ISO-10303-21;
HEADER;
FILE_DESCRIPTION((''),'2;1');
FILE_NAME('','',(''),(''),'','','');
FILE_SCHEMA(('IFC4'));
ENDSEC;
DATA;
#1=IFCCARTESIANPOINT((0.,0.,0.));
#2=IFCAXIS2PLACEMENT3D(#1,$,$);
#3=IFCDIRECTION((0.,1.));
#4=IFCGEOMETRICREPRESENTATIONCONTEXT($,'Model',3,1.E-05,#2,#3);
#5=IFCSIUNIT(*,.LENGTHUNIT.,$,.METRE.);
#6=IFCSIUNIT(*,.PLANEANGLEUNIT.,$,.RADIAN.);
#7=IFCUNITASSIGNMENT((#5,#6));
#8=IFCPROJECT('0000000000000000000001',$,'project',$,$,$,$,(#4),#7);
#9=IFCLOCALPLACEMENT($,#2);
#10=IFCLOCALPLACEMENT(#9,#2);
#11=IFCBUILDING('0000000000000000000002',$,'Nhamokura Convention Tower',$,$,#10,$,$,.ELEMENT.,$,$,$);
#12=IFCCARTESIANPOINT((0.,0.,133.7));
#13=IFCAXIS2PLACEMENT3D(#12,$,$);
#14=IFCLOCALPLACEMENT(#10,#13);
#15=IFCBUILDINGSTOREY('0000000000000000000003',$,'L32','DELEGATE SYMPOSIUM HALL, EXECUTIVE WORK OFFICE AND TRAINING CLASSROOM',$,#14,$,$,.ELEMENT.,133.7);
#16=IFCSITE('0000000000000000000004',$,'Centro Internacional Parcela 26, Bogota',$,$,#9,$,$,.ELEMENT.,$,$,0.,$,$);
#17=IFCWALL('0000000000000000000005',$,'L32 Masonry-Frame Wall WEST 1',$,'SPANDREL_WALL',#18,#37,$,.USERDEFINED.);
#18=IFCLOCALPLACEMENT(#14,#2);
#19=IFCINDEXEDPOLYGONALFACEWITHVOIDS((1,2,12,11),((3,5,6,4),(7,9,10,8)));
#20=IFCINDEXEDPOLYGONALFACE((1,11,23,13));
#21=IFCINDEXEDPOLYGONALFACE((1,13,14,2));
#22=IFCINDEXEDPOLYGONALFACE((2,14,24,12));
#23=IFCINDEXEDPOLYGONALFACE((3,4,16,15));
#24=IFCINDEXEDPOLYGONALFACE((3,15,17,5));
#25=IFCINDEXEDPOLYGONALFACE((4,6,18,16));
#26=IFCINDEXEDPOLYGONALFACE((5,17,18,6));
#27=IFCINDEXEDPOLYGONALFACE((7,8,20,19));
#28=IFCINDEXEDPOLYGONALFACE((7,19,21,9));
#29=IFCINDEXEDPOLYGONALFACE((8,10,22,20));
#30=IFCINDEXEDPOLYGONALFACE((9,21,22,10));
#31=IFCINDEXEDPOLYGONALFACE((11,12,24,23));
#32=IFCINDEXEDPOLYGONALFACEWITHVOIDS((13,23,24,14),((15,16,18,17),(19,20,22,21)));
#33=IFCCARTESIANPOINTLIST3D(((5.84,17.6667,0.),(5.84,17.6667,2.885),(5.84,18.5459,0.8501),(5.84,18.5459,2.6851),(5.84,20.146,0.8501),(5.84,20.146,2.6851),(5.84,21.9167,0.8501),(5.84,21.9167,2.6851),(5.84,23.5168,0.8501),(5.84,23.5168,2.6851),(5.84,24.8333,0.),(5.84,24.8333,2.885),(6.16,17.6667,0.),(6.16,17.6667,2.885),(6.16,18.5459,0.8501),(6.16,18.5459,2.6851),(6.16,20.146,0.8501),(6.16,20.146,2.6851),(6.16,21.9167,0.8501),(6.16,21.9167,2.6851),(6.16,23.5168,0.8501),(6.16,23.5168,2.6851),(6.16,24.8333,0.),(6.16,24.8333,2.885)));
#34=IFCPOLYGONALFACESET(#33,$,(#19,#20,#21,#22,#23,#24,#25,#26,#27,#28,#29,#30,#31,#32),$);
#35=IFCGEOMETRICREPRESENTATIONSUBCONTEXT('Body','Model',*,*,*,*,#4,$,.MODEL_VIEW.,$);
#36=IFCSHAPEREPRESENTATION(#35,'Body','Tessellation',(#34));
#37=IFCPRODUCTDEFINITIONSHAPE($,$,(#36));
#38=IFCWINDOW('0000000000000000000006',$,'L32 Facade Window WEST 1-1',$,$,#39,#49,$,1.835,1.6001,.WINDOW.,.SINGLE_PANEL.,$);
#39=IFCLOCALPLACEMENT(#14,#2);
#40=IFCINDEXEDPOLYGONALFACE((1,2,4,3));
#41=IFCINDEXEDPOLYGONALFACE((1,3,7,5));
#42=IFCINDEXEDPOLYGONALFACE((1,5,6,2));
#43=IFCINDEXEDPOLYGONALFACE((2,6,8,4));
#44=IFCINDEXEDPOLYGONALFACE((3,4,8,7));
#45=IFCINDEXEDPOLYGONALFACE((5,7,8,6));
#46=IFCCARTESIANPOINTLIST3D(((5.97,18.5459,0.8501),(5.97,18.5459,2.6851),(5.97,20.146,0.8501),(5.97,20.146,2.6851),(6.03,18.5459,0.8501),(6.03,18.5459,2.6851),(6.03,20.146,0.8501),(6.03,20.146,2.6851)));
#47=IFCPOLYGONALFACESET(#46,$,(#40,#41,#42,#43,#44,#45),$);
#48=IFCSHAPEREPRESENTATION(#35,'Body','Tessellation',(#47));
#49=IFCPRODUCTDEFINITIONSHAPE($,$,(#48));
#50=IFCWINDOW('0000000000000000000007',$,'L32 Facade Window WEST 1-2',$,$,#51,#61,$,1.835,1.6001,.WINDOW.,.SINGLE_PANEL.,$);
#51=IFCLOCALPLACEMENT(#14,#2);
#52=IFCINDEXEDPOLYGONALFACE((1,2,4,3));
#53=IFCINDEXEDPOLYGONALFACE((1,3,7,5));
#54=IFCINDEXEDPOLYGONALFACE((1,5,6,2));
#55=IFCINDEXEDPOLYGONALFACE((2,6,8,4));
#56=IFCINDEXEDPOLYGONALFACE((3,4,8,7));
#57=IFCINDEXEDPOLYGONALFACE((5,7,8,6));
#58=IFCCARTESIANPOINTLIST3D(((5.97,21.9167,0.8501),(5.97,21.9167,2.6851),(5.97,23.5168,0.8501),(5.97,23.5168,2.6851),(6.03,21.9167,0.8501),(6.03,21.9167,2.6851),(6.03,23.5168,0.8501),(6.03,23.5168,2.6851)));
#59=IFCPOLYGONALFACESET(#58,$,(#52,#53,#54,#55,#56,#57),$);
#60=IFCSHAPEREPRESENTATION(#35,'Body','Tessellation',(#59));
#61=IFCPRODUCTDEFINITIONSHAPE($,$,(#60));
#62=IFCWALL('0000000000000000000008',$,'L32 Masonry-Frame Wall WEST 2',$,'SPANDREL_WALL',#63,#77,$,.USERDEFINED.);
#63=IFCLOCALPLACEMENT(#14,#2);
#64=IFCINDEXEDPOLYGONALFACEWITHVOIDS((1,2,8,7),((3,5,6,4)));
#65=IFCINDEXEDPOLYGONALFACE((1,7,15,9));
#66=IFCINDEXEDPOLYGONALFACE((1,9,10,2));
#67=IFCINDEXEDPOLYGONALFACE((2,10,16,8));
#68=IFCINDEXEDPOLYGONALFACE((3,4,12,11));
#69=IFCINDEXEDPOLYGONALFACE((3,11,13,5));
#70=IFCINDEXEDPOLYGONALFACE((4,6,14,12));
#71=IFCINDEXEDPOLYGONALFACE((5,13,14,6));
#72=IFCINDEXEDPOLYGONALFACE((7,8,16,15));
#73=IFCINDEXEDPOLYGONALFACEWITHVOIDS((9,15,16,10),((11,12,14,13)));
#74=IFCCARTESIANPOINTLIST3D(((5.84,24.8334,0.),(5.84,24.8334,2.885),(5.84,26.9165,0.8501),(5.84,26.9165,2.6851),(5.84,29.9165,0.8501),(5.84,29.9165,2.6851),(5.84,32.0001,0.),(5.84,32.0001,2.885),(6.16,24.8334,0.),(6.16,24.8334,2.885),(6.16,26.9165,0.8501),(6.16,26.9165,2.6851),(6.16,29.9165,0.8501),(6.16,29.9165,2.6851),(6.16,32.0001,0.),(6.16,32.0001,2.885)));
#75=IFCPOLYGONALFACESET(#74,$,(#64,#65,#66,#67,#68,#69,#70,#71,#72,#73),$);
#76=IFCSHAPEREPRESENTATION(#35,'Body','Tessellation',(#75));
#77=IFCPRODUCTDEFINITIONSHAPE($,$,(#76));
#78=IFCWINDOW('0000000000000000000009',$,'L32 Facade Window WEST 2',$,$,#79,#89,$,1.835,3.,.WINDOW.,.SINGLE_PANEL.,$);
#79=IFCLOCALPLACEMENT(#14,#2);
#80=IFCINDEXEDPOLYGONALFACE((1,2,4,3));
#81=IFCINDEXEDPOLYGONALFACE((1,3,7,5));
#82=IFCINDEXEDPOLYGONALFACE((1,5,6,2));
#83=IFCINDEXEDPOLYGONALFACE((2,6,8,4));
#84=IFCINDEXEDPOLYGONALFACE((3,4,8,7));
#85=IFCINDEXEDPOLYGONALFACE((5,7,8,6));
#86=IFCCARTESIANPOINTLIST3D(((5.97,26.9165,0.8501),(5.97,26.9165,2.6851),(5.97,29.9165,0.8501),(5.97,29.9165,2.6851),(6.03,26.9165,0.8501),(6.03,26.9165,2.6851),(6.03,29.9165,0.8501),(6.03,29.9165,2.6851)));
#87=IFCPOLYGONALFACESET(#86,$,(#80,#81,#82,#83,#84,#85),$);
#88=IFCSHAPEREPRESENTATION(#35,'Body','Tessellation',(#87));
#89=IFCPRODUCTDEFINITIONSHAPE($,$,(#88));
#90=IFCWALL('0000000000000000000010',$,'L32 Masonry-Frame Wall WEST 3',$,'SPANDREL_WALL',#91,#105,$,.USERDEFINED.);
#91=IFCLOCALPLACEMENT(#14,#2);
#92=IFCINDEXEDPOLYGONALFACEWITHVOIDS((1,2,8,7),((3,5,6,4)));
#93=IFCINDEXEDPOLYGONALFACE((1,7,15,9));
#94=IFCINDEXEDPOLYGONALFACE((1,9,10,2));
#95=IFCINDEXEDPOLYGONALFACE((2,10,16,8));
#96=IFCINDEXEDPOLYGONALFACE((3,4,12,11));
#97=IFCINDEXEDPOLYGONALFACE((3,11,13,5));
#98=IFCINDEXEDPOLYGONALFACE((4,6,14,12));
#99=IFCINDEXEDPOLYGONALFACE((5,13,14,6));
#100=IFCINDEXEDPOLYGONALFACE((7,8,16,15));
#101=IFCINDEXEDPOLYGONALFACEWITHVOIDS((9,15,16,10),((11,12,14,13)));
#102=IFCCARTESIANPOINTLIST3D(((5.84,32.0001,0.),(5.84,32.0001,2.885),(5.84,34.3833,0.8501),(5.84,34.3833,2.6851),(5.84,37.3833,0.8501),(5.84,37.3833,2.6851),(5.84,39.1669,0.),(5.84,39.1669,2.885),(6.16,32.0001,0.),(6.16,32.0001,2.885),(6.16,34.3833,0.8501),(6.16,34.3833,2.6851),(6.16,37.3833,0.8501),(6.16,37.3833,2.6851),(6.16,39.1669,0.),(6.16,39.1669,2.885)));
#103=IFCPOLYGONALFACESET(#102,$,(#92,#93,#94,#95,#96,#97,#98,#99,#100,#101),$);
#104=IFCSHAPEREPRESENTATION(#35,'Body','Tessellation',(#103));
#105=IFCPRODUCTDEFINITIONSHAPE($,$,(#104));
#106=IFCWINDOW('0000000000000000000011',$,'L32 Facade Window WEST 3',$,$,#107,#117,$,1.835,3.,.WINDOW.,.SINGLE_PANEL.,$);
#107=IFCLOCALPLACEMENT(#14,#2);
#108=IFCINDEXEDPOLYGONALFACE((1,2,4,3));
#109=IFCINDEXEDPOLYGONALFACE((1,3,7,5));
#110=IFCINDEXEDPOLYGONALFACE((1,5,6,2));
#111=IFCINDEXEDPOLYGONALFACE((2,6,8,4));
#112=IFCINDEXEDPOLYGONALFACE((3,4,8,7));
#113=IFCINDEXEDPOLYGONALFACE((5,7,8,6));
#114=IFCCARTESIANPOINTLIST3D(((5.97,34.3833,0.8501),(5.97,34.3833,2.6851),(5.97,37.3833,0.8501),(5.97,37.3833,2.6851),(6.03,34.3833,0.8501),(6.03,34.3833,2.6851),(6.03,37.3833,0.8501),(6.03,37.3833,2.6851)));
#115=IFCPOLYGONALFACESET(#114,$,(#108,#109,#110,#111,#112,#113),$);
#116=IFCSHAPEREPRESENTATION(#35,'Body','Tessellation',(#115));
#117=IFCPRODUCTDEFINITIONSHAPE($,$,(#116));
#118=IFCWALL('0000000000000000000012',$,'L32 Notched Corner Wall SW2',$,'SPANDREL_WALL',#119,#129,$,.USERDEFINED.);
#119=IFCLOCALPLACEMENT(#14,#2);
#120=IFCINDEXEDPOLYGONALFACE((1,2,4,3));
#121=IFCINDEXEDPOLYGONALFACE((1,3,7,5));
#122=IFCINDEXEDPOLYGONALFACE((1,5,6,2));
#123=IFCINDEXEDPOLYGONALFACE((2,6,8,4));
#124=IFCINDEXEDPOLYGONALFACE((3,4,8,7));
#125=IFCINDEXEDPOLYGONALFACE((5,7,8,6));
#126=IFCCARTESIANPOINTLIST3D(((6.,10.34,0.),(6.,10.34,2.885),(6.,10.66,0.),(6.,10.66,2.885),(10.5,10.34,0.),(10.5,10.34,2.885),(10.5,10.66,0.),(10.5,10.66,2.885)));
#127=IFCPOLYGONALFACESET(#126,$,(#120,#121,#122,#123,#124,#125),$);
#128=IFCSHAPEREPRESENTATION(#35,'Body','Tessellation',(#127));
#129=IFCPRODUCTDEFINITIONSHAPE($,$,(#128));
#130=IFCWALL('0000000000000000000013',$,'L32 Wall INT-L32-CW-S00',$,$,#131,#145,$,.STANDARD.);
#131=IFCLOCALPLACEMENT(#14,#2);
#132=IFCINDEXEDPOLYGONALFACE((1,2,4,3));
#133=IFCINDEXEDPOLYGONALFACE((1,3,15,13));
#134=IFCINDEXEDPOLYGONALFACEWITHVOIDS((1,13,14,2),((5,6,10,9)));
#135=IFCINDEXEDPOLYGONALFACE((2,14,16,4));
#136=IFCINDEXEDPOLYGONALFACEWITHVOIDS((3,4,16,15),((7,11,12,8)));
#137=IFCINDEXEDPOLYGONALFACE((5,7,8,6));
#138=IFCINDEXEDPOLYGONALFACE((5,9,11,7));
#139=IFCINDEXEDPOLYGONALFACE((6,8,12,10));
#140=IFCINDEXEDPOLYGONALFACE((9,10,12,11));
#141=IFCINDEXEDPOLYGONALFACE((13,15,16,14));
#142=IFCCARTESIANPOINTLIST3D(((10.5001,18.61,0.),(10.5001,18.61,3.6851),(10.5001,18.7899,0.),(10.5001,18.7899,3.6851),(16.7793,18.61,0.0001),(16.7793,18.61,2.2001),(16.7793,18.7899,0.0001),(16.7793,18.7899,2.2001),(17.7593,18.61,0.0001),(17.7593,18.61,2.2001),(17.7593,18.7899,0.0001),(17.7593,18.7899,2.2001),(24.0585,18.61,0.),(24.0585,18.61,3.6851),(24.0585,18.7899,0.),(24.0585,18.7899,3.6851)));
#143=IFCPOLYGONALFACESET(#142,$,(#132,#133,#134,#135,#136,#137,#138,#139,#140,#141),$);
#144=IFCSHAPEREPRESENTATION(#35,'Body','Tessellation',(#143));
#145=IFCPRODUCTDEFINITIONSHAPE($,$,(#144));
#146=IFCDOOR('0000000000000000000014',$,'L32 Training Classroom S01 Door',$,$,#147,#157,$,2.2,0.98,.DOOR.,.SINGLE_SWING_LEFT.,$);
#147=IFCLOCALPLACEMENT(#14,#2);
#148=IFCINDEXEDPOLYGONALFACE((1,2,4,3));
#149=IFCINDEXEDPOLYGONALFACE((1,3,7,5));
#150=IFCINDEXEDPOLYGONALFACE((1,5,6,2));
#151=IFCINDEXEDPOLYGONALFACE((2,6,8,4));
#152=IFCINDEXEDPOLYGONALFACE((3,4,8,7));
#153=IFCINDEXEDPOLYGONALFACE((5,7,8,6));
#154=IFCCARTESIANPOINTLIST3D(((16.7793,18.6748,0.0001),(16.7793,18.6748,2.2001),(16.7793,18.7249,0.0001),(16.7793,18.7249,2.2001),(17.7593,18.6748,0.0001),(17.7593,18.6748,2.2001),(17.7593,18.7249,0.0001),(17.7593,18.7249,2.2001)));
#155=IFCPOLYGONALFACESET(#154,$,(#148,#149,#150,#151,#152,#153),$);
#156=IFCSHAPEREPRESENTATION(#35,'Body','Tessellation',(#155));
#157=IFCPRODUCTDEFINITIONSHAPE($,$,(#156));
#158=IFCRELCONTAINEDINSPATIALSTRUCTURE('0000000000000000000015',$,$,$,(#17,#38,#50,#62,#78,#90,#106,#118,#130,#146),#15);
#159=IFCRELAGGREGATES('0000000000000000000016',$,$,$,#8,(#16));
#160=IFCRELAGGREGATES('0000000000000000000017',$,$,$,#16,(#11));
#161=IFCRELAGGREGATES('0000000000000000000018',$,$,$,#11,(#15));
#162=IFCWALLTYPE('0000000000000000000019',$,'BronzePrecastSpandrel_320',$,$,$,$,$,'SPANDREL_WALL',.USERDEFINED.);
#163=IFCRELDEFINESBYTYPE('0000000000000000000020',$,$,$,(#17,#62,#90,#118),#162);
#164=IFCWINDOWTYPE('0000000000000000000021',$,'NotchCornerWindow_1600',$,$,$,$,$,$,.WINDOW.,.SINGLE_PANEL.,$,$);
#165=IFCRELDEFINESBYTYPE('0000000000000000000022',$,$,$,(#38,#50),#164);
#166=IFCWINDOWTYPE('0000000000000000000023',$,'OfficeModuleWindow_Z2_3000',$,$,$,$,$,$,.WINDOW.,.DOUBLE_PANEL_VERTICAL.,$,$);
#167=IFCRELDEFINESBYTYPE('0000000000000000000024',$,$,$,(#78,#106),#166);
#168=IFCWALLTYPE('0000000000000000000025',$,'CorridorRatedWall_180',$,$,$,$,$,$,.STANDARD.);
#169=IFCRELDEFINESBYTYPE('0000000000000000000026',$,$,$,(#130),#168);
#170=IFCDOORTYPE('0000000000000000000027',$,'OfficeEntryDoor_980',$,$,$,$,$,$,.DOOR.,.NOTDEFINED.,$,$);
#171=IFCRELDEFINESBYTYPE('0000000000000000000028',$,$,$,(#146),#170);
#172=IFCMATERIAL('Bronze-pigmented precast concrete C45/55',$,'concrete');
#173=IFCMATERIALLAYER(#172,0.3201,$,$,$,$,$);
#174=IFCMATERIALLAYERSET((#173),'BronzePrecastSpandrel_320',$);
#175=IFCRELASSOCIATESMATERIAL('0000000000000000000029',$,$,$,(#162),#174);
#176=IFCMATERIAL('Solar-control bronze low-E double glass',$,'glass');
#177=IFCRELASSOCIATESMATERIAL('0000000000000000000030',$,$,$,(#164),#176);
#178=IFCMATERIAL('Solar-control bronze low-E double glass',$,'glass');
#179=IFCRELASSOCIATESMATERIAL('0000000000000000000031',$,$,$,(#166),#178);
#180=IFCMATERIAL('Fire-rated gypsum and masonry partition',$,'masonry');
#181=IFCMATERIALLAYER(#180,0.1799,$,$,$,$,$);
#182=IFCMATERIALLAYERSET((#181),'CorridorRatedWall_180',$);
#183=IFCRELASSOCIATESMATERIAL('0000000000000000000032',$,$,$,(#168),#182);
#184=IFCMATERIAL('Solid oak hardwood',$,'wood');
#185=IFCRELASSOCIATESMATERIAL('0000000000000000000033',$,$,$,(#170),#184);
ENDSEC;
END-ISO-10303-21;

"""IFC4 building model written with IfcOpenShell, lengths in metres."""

from ifc_helpers import new_model, si_unit, direction, frame, frame_2d, origin, place, context, subcontext, project, spatial, rectangle, extrude, material, layer, layer_set, type_object, element, fill, save


model = new_model("IFC4")

# Units and contexts
model_context = context("Model", 3, precision=1e-05, world=origin(), true_north=direction((0.0, 1.0)))
body_context = subcontext(model_context, "Body", "Model", "MODEL_VIEW")
ifc_project = project(units=[si_unit("LENGTHUNIT", "METRE"), si_unit("PLANEANGLEUNIT", "RADIAN")], contexts=[model_context])

# Site, building, storey
site_placement = place(None, origin())
site = spatial("IfcSite", under=ifc_project, at=site_placement, Name="Centro Internacional Parcela 26, Bogota", CompositionType="ELEMENT", RefElevation=0.0)
building_placement = place(site_placement, origin())
building = spatial("IfcBuilding", under=site, at=building_placement, Name="Nhamokura Convention Tower", CompositionType="ELEMENT")
storey_placement = place(building_placement, frame((0.0, 0.0, 133.7)))
storey = spatial("IfcBuildingStorey", under=building, at=storey_placement, Name="L32", Description="DELEGATE SYMPOSIUM HALL, EXECUTIVE WORK OFFICE AND TRAINING CLASSROOM", CompositionType="ELEMENT", Elevation=133.7)

# Wall, openings, windows
ifc_material_1 = material(Name="Bronze-pigmented precast concrete C45/55", Category="concrete")
ifc_layer_1 = layer(ifc_material_1, 0.3201)
ifc_layer_set_1 = layer_set([ifc_layer_1], Name="BronzePrecastSpandrel_320")
wall_type_1 = type_object("IfcWallType", Name="BronzePrecastSpandrel_320", ElementType="SPANDREL_WALL", PredefinedType="USERDEFINED", material=ifc_layer_set_1)
wall_1_placement = place(storey_placement, frame((6.0, 17.6667, 0.0), z_axis=(0.0, 0.0, 1.0), x_axis=(0.0, 1.0, 0.0)))
wall_1 = element("IfcWall", 1, at=wall_1_placement, inside=storey, type_object=wall_type_1, Name="L32 Masonry-Frame Wall WEST 1", ObjectType="SPANDREL_WALL", PredefinedType="USERDEFINED", context=body_context, shape_type="SweptSolid", body=[
    extrude(rectangle(XDim=7.1665, YDim=0.3201, at=frame_2d((3.5833, 0.0))), origin(), (0.0, 0.0, 1.0), 2.885),
])
opening_1_placement = place(wall_1_placement, frame((0.8792, 0.0, 0.8501)))
opening_1 = element("IfcOpeningElement", 2, at=opening_1_placement, cuts=wall_1, PredefinedType="OPENING", context=body_context, shape_type="SweptSolid", body=[
    extrude(rectangle(XDim=1.6001, YDim=1.835, at=frame_2d((0.8, 0.9175))), frame((0.0, 0.1699, 0.0), z_axis=(0.0, -1.0, 0.0), x_axis=(1.0, 0.0, 0.0)), (0.0, 0.0, 1.0), 0.3401),
])
opening_2_placement = place(wall_1_placement, frame((4.25, 0.0, 0.8501)))
opening_2 = element("IfcOpeningElement", 3, at=opening_2_placement, cuts=wall_1, PredefinedType="OPENING", context=body_context, shape_type="SweptSolid", body=[
    extrude(rectangle(XDim=1.6001, YDim=1.835, at=frame_2d((0.8, 0.9175))), frame((0.0, 0.1699, 0.0), z_axis=(0.0, -1.0, 0.0), x_axis=(1.0, 0.0, 0.0)), (0.0, 0.0, 1.0), 0.3401),
])
ifc_material_2 = material(Name="Solar-control bronze low-E double glass", Category="glass")
window_type_1 = type_object("IfcWindowType", Name="NotchCornerWindow_1600", PartitioningType="SINGLE_PANEL", PredefinedType="WINDOW", material=ifc_material_2)
window_1_placement = place(opening_1_placement, origin())
window_1 = element("IfcWindow", 4, at=window_1_placement, inside=storey, type_object=window_type_1, Name="L32 Facade Window WEST 1-1", OverallHeight=1.835, OverallWidth=1.6001, PartitioningType="SINGLE_PANEL", PredefinedType="WINDOW", context=body_context, shape_type="SweptSolid", body=[
    extrude(rectangle(XDim=1.6001, YDim=1.835, at=frame_2d((0.8, 0.9175))), frame((0.0, 0.03, 0.0), z_axis=(0.0, -1.0, 0.0), x_axis=(1.0, 0.0, 0.0)), (0.0, 0.0, 1.0), 0.0601),
])
fill(opening_1, window_1)
window_2_placement = place(opening_2_placement, origin())
window_2 = element("IfcWindow", 5, at=window_2_placement, inside=storey, type_object=window_type_1, Name="L32 Facade Window WEST 1-2", OverallHeight=1.835, OverallWidth=1.6001, PartitioningType="SINGLE_PANEL", PredefinedType="WINDOW", context=body_context, shape_type="SweptSolid", body=[
    extrude(rectangle(XDim=1.6001, YDim=1.835, at=frame_2d((0.8, 0.9175))), frame((0.0, 0.03, 0.0), z_axis=(0.0, -1.0, 0.0), x_axis=(1.0, 0.0, 0.0)), (0.0, 0.0, 1.0), 0.0601),
])
fill(opening_2, window_2)

# Walls, openings, windows
wall_2_placement = place(storey_placement, frame((6.0, 24.8333, 0.0), z_axis=(0.0, 0.0, 1.0), x_axis=(0.0, 1.0, 0.0)))
wall_2 = element("IfcWall", 6, at=wall_2_placement, inside=storey, type_object=wall_type_1, Name="L32 Masonry-Frame Wall WEST 2", ObjectType="SPANDREL_WALL", PredefinedType="USERDEFINED", context=body_context, shape_type="SweptSolid", body=[
    extrude(rectangle(XDim=7.1667, YDim=0.3201, at=frame_2d((3.5835, 0.0))), origin(), (0.0, 0.0, 1.0), 2.885),
])
opening_3_placement = place(wall_2_placement, frame((2.0833, 0.0, 0.8501)))
opening_3 = element("IfcOpeningElement", 7, at=opening_3_placement, cuts=wall_2, PredefinedType="OPENING", context=body_context, shape_type="SweptSolid", body=[
    extrude(rectangle(XDim=3.0, YDim=1.835, at=frame_2d((1.5, 0.9175))), frame((0.0, 0.1699, 0.0), z_axis=(0.0, -1.0, 0.0), x_axis=(1.0, 0.0, 0.0)), (0.0, 0.0, 1.0), 0.3401),
])
ifc_material_3 = material(Name="Solar-control bronze low-E double glass", Category="glass")
window_type_2 = type_object("IfcWindowType", Name="OfficeModuleWindow_Z2_3000", PartitioningType="DOUBLE_PANEL_VERTICAL", PredefinedType="WINDOW", material=ifc_material_3)
window_3_placement = place(opening_3_placement, origin())
window_3 = element("IfcWindow", 8, at=window_3_placement, inside=storey, type_object=window_type_2, Name="L32 Facade Window WEST 2", OverallHeight=1.835, OverallWidth=3.0, PartitioningType="SINGLE_PANEL", PredefinedType="WINDOW", context=body_context, shape_type="SweptSolid", body=[
    extrude(rectangle(XDim=3.0, YDim=1.835, at=frame_2d((1.5, 0.9175))), frame((0.0, 0.03, 0.0), z_axis=(0.0, -1.0, 0.0), x_axis=(1.0, 0.0, 0.0)), (0.0, 0.0, 1.0), 0.0601),
])
fill(opening_3, window_3)
wall_3_placement = place(storey_placement, frame((6.0, 32.0, 0.0), z_axis=(0.0, 0.0, 1.0), x_axis=(0.0, 1.0, 0.0)))
wall_3 = element("IfcWall", 9, at=wall_3_placement, inside=storey, type_object=wall_type_1, Name="L32 Masonry-Frame Wall WEST 3", ObjectType="SPANDREL_WALL", PredefinedType="USERDEFINED", context=body_context, shape_type="SweptSolid", body=[
    extrude(rectangle(XDim=7.1667, YDim=0.3201, at=frame_2d((3.5835, 0.0))), origin(), (0.0, 0.0, 1.0), 2.885),
])
opening_4_placement = place(wall_3_placement, frame((2.3833, 0.0, 0.8501)))
opening_4 = element("IfcOpeningElement", 10, at=opening_4_placement, cuts=wall_3, PredefinedType="OPENING", context=body_context, shape_type="SweptSolid", body=[
    extrude(rectangle(XDim=3.0, YDim=1.835, at=frame_2d((1.5, 0.9175))), frame((0.0, 0.1699, 0.0), z_axis=(0.0, -1.0, 0.0), x_axis=(1.0, 0.0, 0.0)), (0.0, 0.0, 1.0), 0.3401),
])
window_4_placement = place(opening_4_placement, origin())
window_4 = element("IfcWindow", 11, at=window_4_placement, inside=storey, type_object=window_type_2, Name="L32 Facade Window WEST 3", OverallHeight=1.835, OverallWidth=3.0, PartitioningType="SINGLE_PANEL", PredefinedType="WINDOW", context=body_context, shape_type="SweptSolid", body=[
    extrude(rectangle(XDim=3.0, YDim=1.835, at=frame_2d((1.5, 0.9175))), frame((0.0, 0.03, 0.0), z_axis=(0.0, -1.0, 0.0), x_axis=(1.0, 0.0, 0.0)), (0.0, 0.0, 1.0), 0.0601),
])
fill(opening_4, window_4)

# Wall
wall_4_placement = place(storey_placement, frame((10.5, 10.5, 0.0), z_axis=(0.0, 0.0, 1.0), x_axis=(-1.0, 0.0, 0.0)))
element("IfcWall", 12, at=wall_4_placement, inside=storey, type_object=wall_type_1, Name="L32 Notched Corner Wall SW2", ObjectType="SPANDREL_WALL", PredefinedType="USERDEFINED", context=body_context, shape_type="SweptSolid", body=[
    extrude(rectangle(XDim=4.5, YDim=0.3201, at=frame_2d((2.25, 0.0))), origin(), (0.0, 0.0, 1.0), 2.885),
])

# Wall, opening, door
ifc_material_4 = material(Name="Fire-rated gypsum and masonry partition", Category="masonry")
ifc_layer_2 = layer(ifc_material_4, 0.1799)
ifc_layer_set_2 = layer_set([ifc_layer_2], Name="CorridorRatedWall_180")
wall_type_2 = type_object("IfcWallType", Name="CorridorRatedWall_180", PredefinedType="STANDARD", material=ifc_layer_set_2)
wall_5_placement = place(storey_placement, frame((10.5, 18.7, 0.0), z_axis=(0.0, 0.0, 1.0), x_axis=(1.0, 0.0, 0.0)))
wall_5 = element("IfcWall", 13, at=wall_5_placement, inside=storey, type_object=wall_type_2, Name="L32 Wall INT-L32-CW-S00", PredefinedType="STANDARD", context=body_context, shape_type="SweptSolid", body=[
    extrude(rectangle(XDim=13.5583, YDim=0.1799, at=frame_2d((6.7793, 0.0))), origin(), (0.0, 0.0, 1.0), 3.6851),
])
opening_5_placement = place(wall_5_placement, frame((6.2793, 0.0, 0.0)))
opening_5 = element("IfcOpeningElement", 14, at=opening_5_placement, cuts=wall_5, PredefinedType="OPENING", context=body_context, shape_type="SweptSolid", body=[
    extrude(rectangle(XDim=0.98, YDim=2.2, at=frame_2d((0.49, 1.1001))), frame((0.0, 0.0999, 0.0), z_axis=(0.0, -1.0, 0.0), x_axis=(1.0, 0.0, 0.0)), (0.0, 0.0, 1.0), 0.2),
])
ifc_material_5 = material(Name="Solid oak hardwood", Category="wood")
door_type = type_object("IfcDoorType", Name="OfficeEntryDoor_980", OperationType="NOTDEFINED", PredefinedType="DOOR", material=ifc_material_5)
door_placement = place(opening_5_placement, origin())
door = element("IfcDoor", 15, at=door_placement, inside=storey, type_object=door_type, Name="L32 Training Classroom S01 Door", OperationType="SINGLE_SWING_LEFT", OverallHeight=2.2, OverallWidth=0.98, PredefinedType="DOOR", context=body_context, shape_type="SweptSolid", body=[
    extrude(rectangle(XDim=0.98, YDim=2.2, at=frame_2d((0.49, 1.1001))), frame((0.0, 0.0249, 0.0), z_axis=(0.0, -1.0, 0.0), x_axis=(1.0, 0.0, 0.0)), (0.0, 0.0, 1.0), 0.05),
])
fill(opening_5, door)

save(model, "model.ifc")
